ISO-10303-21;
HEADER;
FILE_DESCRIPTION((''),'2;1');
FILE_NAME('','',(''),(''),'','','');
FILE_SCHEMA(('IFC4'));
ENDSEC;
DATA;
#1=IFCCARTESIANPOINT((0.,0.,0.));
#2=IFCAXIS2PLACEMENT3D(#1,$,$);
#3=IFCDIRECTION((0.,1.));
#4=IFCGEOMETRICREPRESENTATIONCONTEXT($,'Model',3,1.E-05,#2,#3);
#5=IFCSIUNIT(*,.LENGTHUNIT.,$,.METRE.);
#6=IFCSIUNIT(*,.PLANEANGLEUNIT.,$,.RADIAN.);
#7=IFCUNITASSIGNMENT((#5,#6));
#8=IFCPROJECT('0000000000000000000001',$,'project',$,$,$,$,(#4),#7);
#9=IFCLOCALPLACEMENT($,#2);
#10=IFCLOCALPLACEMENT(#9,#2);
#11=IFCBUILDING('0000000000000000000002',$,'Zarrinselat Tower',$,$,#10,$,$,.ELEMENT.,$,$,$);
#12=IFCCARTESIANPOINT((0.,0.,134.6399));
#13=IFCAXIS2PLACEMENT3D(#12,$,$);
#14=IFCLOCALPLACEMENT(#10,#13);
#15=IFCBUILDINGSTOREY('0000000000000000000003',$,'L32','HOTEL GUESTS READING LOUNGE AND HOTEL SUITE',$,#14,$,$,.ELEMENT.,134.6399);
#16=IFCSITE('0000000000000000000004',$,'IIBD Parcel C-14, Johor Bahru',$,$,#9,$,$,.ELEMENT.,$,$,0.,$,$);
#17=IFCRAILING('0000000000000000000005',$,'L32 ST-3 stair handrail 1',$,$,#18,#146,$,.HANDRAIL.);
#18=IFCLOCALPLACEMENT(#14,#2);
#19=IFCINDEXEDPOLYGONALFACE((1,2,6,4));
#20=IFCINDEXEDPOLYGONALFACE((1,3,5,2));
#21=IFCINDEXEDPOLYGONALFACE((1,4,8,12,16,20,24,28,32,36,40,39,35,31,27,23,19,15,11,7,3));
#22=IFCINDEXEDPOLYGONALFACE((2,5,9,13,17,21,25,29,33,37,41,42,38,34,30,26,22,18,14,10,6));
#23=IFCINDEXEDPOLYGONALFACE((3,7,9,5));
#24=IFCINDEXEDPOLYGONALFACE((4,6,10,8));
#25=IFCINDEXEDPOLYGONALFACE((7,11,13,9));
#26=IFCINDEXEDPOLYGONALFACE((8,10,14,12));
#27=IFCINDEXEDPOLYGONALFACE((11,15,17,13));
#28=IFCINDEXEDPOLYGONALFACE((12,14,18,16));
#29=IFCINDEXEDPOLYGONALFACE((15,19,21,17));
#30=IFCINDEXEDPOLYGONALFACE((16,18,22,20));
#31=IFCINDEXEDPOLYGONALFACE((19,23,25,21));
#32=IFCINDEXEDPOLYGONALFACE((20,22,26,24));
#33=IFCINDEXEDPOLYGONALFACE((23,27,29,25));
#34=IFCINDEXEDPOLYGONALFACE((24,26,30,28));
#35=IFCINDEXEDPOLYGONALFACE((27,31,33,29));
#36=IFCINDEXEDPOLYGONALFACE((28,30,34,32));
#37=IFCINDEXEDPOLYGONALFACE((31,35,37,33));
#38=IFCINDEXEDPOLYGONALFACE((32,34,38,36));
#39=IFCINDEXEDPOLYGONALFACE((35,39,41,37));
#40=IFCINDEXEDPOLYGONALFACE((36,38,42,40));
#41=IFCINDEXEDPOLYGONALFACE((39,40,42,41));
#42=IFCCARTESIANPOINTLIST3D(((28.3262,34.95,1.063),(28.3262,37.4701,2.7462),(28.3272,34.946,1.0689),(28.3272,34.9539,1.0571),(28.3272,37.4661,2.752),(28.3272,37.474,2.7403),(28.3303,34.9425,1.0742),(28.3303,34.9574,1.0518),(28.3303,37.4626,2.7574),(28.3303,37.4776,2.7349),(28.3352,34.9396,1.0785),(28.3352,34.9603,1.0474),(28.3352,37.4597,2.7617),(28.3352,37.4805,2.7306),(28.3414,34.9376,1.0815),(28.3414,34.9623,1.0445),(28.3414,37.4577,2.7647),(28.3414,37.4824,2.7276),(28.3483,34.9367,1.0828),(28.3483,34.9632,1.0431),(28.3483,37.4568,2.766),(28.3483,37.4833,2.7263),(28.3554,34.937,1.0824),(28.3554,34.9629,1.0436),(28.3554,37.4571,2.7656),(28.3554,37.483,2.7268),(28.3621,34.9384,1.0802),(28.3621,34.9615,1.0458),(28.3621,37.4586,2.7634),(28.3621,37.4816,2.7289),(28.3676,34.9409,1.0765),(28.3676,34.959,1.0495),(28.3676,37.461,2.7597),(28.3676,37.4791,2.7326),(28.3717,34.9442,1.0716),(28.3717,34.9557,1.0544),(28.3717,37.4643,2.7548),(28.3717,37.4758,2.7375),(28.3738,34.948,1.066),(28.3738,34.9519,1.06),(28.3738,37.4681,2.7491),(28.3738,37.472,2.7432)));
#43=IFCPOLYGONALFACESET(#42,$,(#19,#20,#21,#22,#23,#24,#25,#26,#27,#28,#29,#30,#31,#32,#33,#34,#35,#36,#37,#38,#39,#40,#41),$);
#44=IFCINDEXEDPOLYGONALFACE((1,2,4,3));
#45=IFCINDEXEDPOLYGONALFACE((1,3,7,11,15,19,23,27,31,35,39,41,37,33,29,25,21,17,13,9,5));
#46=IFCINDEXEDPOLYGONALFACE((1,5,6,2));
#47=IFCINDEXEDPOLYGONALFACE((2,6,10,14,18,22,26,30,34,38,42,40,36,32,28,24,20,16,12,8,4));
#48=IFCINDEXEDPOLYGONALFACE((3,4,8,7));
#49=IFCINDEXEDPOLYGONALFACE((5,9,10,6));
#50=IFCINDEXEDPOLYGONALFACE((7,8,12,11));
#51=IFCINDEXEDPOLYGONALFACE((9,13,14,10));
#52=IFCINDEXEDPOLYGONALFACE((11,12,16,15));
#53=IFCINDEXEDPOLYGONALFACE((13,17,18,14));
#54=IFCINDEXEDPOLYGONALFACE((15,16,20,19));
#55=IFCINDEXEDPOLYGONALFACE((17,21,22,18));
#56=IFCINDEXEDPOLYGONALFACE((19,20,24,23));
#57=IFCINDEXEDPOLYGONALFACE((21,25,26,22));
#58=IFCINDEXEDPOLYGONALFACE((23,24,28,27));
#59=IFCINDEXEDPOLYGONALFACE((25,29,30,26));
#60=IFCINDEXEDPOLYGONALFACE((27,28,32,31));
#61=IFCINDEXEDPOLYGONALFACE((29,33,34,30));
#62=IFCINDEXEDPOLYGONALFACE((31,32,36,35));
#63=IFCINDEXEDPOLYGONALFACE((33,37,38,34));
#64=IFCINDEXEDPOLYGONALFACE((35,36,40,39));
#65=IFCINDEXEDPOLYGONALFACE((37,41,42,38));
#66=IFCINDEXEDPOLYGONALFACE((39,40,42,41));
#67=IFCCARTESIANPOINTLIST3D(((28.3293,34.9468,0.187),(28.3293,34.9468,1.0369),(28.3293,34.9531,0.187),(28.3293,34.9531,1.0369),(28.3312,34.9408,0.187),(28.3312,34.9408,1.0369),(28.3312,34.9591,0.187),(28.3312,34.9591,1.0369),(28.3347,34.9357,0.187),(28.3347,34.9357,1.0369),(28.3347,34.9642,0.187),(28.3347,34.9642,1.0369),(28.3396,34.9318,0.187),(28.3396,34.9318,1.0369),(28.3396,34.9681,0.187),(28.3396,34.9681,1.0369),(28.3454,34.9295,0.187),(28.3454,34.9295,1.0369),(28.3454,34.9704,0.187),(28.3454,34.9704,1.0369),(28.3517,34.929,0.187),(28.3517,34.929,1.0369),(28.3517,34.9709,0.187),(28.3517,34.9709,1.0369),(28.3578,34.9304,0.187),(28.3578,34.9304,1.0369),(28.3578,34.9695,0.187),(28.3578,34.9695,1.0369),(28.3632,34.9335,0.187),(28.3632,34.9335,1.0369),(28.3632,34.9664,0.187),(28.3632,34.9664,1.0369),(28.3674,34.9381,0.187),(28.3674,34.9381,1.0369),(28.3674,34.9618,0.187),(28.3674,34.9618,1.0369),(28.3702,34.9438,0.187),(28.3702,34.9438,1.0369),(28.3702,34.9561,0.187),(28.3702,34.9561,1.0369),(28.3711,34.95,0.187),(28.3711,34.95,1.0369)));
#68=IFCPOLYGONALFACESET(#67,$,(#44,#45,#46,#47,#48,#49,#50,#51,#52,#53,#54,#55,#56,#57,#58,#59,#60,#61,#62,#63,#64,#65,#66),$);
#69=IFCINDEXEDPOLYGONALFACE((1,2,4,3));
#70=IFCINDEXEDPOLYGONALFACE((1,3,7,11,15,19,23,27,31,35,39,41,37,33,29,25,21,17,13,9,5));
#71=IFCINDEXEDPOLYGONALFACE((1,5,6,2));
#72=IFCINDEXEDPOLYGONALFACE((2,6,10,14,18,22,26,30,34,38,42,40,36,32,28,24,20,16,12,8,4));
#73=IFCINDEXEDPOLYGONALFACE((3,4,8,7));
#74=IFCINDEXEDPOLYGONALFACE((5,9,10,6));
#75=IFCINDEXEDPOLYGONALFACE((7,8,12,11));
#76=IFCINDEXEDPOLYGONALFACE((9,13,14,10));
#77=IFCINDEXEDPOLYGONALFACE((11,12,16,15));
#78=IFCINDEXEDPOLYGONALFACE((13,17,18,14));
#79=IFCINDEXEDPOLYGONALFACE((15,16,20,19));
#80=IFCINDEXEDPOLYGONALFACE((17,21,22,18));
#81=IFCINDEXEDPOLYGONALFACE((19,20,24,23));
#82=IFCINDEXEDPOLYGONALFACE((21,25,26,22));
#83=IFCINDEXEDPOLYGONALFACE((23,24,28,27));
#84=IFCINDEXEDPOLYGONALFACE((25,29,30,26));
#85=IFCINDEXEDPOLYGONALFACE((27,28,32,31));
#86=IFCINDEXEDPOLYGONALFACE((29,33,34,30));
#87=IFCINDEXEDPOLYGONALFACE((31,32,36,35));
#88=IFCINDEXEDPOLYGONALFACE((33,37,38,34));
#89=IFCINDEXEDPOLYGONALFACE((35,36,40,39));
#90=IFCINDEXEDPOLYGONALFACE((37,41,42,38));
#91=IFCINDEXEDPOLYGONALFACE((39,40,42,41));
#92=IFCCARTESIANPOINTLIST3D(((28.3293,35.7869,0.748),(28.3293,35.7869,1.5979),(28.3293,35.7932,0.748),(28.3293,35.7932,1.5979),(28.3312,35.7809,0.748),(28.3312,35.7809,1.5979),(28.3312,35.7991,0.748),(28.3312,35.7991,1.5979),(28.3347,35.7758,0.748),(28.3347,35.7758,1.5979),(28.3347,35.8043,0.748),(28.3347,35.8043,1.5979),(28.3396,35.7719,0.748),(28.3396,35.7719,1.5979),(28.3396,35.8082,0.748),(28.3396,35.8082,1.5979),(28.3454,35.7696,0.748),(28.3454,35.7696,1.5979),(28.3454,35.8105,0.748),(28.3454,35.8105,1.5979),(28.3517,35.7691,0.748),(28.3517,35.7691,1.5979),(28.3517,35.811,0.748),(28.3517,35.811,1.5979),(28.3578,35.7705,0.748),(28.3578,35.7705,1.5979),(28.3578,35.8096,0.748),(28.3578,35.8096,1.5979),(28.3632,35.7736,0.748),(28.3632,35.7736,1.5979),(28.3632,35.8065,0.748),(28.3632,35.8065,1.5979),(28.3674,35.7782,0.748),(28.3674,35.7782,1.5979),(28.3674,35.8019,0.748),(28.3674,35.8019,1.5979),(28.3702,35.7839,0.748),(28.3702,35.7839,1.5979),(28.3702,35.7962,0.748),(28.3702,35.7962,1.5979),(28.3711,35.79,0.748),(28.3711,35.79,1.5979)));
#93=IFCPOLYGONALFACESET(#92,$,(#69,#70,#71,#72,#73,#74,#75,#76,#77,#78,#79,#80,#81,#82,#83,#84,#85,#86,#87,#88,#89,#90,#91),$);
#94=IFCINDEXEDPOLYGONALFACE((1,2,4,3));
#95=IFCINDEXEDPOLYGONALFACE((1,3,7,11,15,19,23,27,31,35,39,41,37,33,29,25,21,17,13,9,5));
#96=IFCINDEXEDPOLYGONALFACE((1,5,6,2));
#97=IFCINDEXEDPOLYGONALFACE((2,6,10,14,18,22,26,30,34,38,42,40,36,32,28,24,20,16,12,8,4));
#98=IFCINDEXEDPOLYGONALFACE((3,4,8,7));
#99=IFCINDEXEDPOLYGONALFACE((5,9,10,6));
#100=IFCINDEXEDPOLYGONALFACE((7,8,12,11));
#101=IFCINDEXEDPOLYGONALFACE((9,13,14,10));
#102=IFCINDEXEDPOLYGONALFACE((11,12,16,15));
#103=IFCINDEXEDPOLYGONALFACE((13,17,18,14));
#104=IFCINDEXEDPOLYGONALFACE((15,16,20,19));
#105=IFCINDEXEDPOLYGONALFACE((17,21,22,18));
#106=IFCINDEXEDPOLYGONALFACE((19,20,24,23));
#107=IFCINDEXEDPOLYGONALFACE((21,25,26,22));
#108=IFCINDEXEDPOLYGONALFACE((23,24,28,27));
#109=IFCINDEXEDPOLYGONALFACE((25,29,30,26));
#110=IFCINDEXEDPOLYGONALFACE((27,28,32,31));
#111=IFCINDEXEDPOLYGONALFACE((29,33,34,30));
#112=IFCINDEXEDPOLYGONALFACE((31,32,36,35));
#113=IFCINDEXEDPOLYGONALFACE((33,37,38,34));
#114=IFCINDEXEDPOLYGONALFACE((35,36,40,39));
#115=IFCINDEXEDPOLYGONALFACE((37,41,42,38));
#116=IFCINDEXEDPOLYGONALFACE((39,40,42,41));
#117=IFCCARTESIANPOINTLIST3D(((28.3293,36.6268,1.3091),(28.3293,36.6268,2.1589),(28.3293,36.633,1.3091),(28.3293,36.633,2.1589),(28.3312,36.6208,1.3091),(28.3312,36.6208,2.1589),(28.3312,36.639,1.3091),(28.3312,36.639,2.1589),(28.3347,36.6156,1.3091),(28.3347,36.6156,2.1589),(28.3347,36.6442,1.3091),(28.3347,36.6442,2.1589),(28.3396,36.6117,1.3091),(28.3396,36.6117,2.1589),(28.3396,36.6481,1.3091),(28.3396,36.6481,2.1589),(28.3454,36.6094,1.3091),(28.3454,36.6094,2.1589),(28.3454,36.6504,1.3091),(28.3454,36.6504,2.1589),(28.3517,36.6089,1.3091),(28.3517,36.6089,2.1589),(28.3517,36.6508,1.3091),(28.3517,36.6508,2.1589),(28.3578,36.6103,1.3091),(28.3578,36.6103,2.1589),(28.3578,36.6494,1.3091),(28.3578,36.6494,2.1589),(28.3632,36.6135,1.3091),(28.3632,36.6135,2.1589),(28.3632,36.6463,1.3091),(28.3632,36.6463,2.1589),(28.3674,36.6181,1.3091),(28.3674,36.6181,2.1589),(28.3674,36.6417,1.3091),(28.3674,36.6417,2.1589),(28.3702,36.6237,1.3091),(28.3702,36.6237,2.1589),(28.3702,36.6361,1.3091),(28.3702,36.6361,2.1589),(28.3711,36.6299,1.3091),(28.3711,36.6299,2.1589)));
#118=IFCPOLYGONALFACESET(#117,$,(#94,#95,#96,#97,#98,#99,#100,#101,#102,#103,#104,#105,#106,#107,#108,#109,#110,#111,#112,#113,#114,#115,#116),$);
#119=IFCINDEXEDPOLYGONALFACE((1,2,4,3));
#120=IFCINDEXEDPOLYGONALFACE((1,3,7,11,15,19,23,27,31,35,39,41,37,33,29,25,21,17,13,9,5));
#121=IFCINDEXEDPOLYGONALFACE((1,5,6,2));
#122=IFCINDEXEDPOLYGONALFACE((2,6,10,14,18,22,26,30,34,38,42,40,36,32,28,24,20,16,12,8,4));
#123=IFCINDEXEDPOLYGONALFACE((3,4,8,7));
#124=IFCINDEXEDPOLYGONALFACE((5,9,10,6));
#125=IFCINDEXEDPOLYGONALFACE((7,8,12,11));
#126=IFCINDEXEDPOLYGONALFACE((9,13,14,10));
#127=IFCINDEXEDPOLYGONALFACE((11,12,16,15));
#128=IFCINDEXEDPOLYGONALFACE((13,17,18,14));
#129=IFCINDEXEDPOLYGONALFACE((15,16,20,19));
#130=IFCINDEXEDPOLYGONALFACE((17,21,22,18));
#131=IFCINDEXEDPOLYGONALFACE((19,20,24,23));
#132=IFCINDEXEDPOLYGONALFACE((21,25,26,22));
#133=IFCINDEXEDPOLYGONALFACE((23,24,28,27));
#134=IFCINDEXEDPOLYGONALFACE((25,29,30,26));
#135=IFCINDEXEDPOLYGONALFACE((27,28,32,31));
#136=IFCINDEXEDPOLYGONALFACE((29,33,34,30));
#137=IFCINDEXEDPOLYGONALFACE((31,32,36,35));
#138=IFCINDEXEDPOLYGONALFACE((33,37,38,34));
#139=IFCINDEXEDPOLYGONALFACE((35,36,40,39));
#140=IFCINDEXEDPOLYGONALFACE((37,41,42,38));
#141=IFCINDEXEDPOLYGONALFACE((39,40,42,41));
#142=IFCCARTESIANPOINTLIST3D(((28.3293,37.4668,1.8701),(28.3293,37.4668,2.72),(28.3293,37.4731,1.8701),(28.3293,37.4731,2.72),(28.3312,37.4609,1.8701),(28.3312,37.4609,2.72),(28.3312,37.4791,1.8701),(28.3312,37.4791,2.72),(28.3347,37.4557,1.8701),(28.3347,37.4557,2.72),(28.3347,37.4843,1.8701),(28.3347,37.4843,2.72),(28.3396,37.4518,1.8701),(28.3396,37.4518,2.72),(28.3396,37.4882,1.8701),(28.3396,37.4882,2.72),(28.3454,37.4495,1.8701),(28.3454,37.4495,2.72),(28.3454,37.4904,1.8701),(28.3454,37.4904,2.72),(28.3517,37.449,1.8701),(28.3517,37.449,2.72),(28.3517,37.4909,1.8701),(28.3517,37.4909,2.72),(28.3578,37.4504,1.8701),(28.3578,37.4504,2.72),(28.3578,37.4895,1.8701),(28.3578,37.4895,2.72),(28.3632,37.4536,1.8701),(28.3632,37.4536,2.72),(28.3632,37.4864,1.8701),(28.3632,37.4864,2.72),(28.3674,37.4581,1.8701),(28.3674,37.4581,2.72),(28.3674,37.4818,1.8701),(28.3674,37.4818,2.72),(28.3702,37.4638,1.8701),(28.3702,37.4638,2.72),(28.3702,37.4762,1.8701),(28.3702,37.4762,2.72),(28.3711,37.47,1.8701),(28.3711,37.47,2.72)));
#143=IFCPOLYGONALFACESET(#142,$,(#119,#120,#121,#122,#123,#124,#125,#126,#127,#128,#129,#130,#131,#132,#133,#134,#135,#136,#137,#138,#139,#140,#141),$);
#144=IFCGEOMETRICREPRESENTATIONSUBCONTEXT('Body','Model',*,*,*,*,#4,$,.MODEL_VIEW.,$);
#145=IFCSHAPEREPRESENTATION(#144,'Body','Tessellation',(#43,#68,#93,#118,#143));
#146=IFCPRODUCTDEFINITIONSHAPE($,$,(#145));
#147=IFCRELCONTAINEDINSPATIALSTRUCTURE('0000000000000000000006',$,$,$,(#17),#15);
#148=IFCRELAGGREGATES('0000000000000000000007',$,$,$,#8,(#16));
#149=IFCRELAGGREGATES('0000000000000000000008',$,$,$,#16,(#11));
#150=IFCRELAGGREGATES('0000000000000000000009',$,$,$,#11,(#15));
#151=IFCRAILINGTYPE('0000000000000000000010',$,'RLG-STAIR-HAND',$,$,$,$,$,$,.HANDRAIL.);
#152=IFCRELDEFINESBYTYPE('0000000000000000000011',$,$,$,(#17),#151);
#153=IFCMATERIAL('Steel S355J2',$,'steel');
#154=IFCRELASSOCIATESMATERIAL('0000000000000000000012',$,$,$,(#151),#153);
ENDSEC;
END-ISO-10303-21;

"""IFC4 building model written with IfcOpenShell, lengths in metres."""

from ifc_helpers import new_model, si_unit, direction, frame, origin, origin_2d, place, context, subcontext, project, spatial, circle, extrude, material, type_object, element, save


model = new_model("IFC4")

# Units and contexts
model_context = context("Model", 3, precision=1e-05, world=origin(), true_north=direction((0.0, 1.0)))
body_context = subcontext(model_context, "Body", "Model", "MODEL_VIEW")
ifc_project = project(units=[si_unit("LENGTHUNIT", "METRE"), si_unit("PLANEANGLEUNIT", "RADIAN")], contexts=[model_context])

# Site, building, storey
site_placement = place(None, origin())
site = spatial("IfcSite", under=ifc_project, at=site_placement, Name="IIBD Parcel C-14, Johor Bahru", CompositionType="ELEMENT", RefElevation=0.0)
building_placement = place(site_placement, origin())
building = spatial("IfcBuilding", under=site, at=building_placement, Name="Zarrinselat Tower", CompositionType="ELEMENT")
storey_placement = place(building_placement, frame((0.0, 0.0, 134.6399)))
storey = spatial("IfcBuildingStorey", under=building, at=storey_placement, Name="L32", Description="HOTEL GUESTS READING LOUNGE AND HOTEL SUITE", CompositionType="ELEMENT", Elevation=134.6399)

# Railing
ifc_material_1 = material(Name="Steel S355J2", Category="steel")
railing_type_1 = type_object("IfcRailingType", Name="RLG-STAIR-HAND", PredefinedType="HANDRAIL", material=ifc_material_1)
railing_1_placement = place(storey_placement, frame((28.3501, 34.95, 0.187)))
element("IfcRailing", 1, at=railing_1_placement, inside=storey, type_object=railing_type_1, Name="L32 ST-3 stair handrail 1", PredefinedType="HANDRAIL", context=body_context, shape_type="SweptSolid", body=[
    extrude(circle(Radius=0.0239, at=origin_2d()), frame((0.0, 0.0, 0.876), z_axis=(0.0, 0.831579, 0.555406), x_axis=(-1.0, 0.0, 0.0)), (0.0, 0.0, 1.0), 3.0305),
    extrude(circle(Radius=0.021, at=origin_2d()), origin(), (0.0, 0.0, 1.0), 0.8499),
    extrude(circle(Radius=0.021, at=origin_2d()), frame((0.0, 0.8401, 0.561)), (0.0, 0.0, 1.0), 0.8499),
    extrude(circle(Radius=0.021, at=origin_2d()), frame((0.0, 1.6799, 1.1221)), (0.0, 0.0, 1.0), 0.8499),
    extrude(circle(Radius=0.021, at=origin_2d()), frame((0.0, 2.52, 1.6831)), (0.0, 0.0, 1.0), 0.8499),
])

save(model, "model.ifc")
